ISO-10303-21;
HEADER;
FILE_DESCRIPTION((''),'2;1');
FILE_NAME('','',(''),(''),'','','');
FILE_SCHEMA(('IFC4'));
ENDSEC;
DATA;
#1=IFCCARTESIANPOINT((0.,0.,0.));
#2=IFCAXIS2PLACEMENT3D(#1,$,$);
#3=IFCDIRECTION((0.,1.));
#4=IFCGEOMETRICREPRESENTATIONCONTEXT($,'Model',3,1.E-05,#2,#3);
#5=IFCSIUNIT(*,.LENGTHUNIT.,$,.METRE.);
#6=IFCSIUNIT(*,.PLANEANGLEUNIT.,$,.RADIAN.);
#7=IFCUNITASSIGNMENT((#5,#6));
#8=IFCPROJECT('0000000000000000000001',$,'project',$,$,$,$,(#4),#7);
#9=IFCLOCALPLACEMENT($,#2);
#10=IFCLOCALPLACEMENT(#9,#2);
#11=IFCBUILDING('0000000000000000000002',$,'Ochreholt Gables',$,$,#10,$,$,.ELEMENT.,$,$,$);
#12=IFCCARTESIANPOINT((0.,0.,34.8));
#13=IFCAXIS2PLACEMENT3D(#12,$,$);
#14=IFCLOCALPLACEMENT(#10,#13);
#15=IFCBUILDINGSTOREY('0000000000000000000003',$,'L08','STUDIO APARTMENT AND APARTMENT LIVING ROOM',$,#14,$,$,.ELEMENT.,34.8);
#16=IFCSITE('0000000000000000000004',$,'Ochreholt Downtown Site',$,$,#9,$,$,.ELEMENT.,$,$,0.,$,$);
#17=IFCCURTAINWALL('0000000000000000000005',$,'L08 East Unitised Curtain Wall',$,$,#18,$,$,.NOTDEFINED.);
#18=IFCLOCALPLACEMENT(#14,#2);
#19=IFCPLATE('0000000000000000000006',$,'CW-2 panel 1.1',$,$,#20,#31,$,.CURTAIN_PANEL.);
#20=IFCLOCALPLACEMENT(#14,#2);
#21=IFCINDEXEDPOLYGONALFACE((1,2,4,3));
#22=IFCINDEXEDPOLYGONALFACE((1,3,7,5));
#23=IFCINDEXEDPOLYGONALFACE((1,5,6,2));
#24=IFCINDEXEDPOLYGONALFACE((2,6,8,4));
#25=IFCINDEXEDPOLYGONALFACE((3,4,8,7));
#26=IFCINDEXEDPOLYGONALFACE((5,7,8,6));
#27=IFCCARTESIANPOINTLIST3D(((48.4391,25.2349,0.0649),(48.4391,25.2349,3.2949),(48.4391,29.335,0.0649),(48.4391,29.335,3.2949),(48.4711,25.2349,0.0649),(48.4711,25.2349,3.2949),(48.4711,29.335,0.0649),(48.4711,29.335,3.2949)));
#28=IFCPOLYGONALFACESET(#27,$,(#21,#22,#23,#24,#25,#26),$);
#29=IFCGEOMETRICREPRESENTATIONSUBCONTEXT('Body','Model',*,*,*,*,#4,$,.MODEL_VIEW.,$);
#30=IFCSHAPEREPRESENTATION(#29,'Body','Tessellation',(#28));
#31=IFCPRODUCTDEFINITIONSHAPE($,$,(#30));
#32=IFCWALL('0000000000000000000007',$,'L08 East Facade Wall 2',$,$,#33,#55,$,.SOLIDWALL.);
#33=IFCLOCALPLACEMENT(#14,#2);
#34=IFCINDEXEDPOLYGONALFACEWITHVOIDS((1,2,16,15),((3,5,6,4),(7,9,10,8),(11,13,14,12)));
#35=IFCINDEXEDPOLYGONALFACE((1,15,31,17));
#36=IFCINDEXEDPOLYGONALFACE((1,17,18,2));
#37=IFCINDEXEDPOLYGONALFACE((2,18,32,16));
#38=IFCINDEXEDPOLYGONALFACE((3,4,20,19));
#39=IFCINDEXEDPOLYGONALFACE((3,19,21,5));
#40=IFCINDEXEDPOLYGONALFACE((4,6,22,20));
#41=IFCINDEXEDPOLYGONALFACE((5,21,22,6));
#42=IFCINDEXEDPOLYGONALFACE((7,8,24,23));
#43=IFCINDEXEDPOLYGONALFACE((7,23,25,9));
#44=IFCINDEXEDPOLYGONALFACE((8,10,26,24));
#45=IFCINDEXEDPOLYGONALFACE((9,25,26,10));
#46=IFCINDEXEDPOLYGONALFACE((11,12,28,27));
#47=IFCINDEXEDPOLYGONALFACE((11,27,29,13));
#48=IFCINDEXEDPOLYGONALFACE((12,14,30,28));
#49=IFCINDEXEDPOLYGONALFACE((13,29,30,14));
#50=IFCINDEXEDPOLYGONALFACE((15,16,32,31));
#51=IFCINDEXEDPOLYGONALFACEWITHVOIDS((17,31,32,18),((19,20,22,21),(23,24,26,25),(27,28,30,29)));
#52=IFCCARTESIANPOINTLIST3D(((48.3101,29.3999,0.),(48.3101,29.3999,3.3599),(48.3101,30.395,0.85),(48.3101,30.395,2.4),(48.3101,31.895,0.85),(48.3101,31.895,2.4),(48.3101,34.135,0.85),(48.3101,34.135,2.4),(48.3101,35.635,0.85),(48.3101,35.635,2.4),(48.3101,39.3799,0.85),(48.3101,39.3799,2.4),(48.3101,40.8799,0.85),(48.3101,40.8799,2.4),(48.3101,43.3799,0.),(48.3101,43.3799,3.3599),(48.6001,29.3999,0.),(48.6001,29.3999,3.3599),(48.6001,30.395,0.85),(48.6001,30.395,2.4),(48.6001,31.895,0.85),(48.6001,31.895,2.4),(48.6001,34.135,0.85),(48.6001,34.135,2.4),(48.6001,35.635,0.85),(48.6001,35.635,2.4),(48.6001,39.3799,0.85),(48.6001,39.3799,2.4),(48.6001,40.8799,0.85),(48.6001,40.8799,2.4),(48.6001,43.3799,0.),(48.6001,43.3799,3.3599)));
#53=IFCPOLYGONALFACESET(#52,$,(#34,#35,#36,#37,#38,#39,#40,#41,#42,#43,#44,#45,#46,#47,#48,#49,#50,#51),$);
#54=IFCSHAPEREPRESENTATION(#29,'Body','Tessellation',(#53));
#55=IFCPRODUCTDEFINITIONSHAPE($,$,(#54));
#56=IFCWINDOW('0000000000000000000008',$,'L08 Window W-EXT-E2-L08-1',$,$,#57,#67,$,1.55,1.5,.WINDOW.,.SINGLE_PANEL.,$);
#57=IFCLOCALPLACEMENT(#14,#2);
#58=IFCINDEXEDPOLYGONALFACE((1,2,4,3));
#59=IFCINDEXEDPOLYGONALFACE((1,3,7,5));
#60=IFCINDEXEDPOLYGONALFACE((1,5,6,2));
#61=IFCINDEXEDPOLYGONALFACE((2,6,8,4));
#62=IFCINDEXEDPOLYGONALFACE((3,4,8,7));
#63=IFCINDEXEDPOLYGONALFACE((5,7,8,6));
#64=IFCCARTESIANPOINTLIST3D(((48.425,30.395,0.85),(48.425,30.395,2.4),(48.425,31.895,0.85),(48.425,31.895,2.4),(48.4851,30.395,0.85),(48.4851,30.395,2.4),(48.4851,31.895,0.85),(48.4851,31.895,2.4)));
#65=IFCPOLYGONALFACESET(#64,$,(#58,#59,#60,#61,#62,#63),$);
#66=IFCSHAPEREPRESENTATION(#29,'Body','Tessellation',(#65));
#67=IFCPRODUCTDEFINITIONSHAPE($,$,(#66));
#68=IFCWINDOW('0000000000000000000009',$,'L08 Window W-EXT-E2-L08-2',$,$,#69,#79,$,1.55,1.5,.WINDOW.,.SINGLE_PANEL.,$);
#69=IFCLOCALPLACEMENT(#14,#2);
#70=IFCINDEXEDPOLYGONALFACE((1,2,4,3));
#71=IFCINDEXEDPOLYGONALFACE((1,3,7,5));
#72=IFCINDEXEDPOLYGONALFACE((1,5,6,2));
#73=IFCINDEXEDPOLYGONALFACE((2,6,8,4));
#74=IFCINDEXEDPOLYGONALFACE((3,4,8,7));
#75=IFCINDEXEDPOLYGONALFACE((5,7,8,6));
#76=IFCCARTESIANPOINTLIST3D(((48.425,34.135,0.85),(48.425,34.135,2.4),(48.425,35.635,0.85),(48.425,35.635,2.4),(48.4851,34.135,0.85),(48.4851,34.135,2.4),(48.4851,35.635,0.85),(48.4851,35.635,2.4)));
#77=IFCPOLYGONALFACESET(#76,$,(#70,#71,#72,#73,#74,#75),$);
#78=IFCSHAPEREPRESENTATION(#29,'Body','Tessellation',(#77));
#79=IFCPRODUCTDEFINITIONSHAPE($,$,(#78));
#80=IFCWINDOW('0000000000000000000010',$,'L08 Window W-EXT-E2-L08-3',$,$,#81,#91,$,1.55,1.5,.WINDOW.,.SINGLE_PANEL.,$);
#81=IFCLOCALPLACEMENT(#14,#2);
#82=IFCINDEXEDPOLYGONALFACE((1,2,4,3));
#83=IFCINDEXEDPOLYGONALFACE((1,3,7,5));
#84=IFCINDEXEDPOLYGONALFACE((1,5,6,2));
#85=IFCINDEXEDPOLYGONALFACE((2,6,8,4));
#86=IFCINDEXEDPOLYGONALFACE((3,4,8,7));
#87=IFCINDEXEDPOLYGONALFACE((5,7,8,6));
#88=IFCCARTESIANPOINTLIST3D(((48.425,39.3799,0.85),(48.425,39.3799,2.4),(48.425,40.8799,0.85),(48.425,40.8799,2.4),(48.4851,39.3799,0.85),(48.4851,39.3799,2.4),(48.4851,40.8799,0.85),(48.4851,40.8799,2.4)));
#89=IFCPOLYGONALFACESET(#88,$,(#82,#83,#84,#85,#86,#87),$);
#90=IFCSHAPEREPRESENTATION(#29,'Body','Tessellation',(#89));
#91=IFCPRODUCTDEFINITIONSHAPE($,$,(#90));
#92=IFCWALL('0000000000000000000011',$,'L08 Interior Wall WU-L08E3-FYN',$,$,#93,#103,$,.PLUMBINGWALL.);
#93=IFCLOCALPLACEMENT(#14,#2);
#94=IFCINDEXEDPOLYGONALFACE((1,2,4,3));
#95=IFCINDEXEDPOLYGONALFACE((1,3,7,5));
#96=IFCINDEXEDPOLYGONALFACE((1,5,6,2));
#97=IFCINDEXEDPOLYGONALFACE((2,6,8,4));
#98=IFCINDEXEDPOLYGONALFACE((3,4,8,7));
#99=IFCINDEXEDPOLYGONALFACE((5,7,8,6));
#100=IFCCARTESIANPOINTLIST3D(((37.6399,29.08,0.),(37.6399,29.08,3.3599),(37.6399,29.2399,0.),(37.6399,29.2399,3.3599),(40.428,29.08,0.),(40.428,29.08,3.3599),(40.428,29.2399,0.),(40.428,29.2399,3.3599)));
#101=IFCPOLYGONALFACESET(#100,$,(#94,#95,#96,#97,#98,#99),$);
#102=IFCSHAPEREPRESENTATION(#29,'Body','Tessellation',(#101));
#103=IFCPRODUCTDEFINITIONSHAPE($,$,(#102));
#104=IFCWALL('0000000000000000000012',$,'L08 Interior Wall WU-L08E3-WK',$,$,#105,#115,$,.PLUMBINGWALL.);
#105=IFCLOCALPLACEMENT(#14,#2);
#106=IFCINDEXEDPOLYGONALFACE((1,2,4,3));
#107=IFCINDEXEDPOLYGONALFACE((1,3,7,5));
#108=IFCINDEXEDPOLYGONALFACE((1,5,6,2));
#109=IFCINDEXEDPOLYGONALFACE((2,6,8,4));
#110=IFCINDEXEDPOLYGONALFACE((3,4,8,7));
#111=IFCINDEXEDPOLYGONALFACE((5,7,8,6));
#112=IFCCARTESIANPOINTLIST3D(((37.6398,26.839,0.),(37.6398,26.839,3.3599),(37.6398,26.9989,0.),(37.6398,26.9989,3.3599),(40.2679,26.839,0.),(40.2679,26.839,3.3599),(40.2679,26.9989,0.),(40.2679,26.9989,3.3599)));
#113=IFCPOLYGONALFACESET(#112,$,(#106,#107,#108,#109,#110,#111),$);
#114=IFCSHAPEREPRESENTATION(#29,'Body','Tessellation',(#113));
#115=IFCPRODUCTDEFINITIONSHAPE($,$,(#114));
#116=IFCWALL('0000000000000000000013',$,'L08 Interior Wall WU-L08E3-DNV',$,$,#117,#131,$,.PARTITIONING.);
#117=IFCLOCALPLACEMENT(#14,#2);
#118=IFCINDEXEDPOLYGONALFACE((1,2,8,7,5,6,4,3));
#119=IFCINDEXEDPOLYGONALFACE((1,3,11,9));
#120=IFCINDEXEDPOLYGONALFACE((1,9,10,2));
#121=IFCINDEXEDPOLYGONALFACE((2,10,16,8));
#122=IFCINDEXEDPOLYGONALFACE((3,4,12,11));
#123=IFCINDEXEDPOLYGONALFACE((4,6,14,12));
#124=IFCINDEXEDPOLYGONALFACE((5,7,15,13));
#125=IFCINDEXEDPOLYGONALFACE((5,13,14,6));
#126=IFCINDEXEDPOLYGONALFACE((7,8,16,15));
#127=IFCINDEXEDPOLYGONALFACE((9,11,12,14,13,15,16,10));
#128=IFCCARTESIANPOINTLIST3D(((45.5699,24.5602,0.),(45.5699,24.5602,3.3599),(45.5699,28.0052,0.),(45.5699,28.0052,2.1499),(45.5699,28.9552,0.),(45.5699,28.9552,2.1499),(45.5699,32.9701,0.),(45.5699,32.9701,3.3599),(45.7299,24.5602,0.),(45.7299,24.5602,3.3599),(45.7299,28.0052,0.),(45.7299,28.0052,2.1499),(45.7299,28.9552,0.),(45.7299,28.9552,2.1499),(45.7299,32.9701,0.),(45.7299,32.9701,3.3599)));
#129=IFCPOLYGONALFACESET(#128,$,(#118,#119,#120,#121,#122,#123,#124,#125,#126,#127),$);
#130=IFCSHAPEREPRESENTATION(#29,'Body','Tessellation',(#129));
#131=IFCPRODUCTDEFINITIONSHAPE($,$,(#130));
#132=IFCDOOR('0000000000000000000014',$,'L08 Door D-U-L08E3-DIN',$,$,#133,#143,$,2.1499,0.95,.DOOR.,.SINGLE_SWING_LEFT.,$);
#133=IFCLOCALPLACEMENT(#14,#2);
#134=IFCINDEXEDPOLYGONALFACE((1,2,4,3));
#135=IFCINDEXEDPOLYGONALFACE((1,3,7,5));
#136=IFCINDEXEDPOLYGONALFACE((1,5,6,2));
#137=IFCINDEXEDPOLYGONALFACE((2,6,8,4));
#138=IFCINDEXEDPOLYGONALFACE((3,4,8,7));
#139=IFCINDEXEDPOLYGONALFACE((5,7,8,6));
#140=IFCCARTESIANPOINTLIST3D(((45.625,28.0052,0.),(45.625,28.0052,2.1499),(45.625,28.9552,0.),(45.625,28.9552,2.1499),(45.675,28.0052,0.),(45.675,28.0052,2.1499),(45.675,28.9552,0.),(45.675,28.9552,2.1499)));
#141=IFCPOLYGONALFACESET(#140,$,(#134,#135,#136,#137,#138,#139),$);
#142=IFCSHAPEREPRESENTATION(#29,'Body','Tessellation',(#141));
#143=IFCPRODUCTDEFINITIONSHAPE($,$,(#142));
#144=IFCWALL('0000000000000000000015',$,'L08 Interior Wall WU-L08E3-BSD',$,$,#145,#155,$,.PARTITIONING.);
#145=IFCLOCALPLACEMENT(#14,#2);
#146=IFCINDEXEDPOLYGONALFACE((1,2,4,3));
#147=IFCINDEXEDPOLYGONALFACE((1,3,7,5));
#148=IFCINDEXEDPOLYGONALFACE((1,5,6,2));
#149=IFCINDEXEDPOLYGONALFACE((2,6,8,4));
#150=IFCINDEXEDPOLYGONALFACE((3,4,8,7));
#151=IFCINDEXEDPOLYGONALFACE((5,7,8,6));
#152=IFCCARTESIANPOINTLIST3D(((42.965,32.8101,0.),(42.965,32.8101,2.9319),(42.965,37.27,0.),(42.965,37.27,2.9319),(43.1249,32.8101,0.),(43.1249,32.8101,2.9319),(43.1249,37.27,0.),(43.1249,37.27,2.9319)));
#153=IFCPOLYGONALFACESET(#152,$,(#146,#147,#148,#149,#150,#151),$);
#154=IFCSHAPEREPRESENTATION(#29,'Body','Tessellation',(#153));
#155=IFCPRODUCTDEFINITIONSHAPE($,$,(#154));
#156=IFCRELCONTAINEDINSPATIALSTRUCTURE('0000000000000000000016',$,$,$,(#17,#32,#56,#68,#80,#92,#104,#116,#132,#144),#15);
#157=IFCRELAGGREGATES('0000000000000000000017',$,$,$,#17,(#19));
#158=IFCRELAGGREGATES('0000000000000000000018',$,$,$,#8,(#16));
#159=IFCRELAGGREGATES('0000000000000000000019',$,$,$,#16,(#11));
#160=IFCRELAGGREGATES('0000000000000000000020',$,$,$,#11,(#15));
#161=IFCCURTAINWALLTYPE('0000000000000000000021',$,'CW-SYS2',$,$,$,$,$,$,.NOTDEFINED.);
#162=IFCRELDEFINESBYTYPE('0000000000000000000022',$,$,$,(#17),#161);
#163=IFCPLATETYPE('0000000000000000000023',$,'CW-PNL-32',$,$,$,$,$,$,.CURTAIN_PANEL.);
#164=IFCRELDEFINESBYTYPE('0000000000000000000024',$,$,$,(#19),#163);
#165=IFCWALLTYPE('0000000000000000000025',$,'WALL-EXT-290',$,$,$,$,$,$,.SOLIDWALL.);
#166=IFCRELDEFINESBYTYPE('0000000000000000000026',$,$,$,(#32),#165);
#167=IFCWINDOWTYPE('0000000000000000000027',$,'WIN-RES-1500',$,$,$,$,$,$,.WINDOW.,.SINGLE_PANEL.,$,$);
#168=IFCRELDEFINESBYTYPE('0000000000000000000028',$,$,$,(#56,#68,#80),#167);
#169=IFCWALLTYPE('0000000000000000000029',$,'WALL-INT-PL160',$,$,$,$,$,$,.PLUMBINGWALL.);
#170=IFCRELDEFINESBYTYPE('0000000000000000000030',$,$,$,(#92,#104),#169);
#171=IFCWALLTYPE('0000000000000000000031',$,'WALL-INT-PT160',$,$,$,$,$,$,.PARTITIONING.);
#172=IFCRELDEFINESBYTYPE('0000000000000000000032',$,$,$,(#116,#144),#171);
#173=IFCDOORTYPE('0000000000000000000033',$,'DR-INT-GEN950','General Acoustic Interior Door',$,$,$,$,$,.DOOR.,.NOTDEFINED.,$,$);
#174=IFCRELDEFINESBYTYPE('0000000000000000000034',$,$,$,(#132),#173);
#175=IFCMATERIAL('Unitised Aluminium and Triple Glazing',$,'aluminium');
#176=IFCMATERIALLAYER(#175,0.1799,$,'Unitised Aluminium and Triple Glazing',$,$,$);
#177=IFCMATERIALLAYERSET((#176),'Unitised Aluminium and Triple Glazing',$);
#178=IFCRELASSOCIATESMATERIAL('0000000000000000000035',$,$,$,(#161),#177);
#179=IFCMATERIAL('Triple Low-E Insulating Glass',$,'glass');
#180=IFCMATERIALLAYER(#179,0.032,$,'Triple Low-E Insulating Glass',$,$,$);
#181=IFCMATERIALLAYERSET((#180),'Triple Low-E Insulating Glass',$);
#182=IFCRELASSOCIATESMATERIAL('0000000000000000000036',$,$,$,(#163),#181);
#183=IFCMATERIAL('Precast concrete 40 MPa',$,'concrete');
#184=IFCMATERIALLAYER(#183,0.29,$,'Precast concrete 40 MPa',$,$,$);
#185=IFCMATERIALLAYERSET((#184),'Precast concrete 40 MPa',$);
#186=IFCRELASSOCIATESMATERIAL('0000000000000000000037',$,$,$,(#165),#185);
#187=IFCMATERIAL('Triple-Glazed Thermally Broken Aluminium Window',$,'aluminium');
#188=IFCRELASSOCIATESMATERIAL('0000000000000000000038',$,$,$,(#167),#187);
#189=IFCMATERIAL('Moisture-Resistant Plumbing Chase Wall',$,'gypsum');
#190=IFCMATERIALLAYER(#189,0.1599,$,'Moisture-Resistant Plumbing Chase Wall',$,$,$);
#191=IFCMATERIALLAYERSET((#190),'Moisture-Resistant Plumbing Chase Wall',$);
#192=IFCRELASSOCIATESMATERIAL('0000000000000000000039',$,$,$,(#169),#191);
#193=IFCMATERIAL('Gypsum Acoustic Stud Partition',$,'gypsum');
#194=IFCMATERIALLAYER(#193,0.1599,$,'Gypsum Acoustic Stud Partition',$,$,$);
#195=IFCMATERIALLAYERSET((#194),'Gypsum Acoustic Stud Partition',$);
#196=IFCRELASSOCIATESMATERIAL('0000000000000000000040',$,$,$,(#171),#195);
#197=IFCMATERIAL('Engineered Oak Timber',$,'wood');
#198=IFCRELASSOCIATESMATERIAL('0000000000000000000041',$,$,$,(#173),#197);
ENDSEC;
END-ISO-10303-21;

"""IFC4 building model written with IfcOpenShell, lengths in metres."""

from ifc_helpers import new_model, si_unit, direction, frame, frame_2d, origin, origin_2d, place, context, subcontext, project, spatial, rectangle, extrude, material, layer, layer_set, type_object, element, fill, aggregate, save


model = new_model("IFC4")

# Units and contexts
model_context = context("Model", 3, precision=1e-05, world=origin(), true_north=direction((0.0, 1.0)))
body_context = subcontext(model_context, "Body", "Model", "MODEL_VIEW")
ifc_project = project(units=[si_unit("LENGTHUNIT", "METRE"), si_unit("PLANEANGLEUNIT", "RADIAN")], contexts=[model_context])

# Site, building, storey
site_placement = place(None, origin())
site = spatial("IfcSite", under=ifc_project, at=site_placement, Name="Ochreholt Downtown Site", CompositionType="ELEMENT", RefElevation=0.0)
building_placement = place(site_placement, origin())
building = spatial("IfcBuilding", under=site, at=building_placement, Name="Ochreholt Gables", CompositionType="ELEMENT")
storey_placement = place(building_placement, frame((0.0, 0.0, 34.8)))
storey = spatial("IfcBuildingStorey", under=building, at=storey_placement, Name="L08", Description="STUDIO APARTMENT AND APARTMENT LIVING ROOM", CompositionType="ELEMENT", Elevation=34.8)

# Curtain wall, plate
ifc_material_1 = material(Name="Unitised Aluminium and Triple Glazing", Category="aluminium")
ifc_layer_1 = layer(ifc_material_1, 0.1799, Name="Unitised Aluminium and Triple Glazing")
ifc_layer_set_1 = layer_set([ifc_layer_1], Name="Unitised Aluminium and Triple Glazing")
curtain_wall_type = type_object("IfcCurtainWallType", Name="CW-SYS2", PredefinedType="NOTDEFINED", material=ifc_layer_set_1)
curtain_wall_placement = place(storey_placement, origin())
curtain_wall = element("IfcCurtainWall", 1, at=curtain_wall_placement, inside=storey, type_object=curtain_wall_type, Name="L08 East Unitised Curtain Wall", PredefinedType="NOTDEFINED")
ifc_material_2 = material(Name="Triple Low-E Insulating Glass", Category="glass")
ifc_layer_2 = layer(ifc_material_2, 0.032, Name="Triple Low-E Insulating Glass")
ifc_layer_set_2 = layer_set([ifc_layer_2], Name="Triple Low-E Insulating Glass")
plate_type = type_object("IfcPlateType", Name="CW-PNL-32", PredefinedType="CURTAIN_PANEL", material=ifc_layer_set_2)
plate_placement = place(storey_placement, frame((48.4551, 27.2849, 0.0649), z_axis=(0.0, 0.0, 1.0), x_axis=(0.0, 1.0, 0.0)))
plate = element("IfcPlate", 2, at=plate_placement, type_object=plate_type, Name="CW-2 panel 1.1", PredefinedType="CURTAIN_PANEL", context=body_context, shape_type="SweptSolid", body=[
    extrude(rectangle(XDim=4.1001, YDim=0.032, at=origin_2d()), origin(), (0.0, 0.0, 1.0), 3.23),
])
aggregate(curtain_wall, [plate])

# Wall, openings, windows
ifc_material_3 = material(Name="Precast concrete 40 MPa", Category="concrete")
ifc_layer_3 = layer(ifc_material_3, 0.29, Name="Precast concrete 40 MPa")
ifc_layer_set_3 = layer_set([ifc_layer_3], Name="Precast concrete 40 MPa")
wall_type_1 = type_object("IfcWallType", Name="WALL-EXT-290", PredefinedType="SOLIDWALL", material=ifc_layer_set_3)
wall_1_placement = place(storey_placement, frame((48.4551, 29.3999, 0.0), z_axis=(0.0, 0.0, 1.0), x_axis=(0.0, 1.0, 0.0)))
wall_1 = element("IfcWall", 3, at=wall_1_placement, inside=storey, type_object=wall_type_1, Name="L08 East Facade Wall 2", PredefinedType="SOLIDWALL", context=body_context, shape_type="SweptSolid", body=[
    extrude(rectangle(XDim=13.98, YDim=0.29, at=frame_2d((6.99, 0.0))), origin(), (0.0, 0.0, 1.0), 3.3599),
])
opening_1_placement = place(wall_1_placement, frame((0.9951, 0.0, 0.8501)))
opening_1 = element("IfcOpeningElement", 4, at=opening_1_placement, cuts=wall_1, PredefinedType="OPENING", context=body_context, shape_type="SweptSolid", body=[
    extrude(rectangle(XDim=1.5, YDim=1.55, at=frame_2d((0.75, 0.7749))), frame((0.0, 0.155, 0.0), z_axis=(0.0, -1.0, 0.0), x_axis=(1.0, 0.0, 0.0)), (0.0, 0.0, 1.0), 0.3101),
])
opening_2_placement = place(wall_1_placement, frame((4.7351, 0.0, 0.8501)))
opening_2 = element("IfcOpeningElement", 5, at=opening_2_placement, cuts=wall_1, PredefinedType="OPENING", context=body_context, shape_type="SweptSolid", body=[
    extrude(rectangle(XDim=1.5, YDim=1.55, at=frame_2d((0.75, 0.7749))), frame((0.0, 0.155, 0.0), z_axis=(0.0, -1.0, 0.0), x_axis=(1.0, 0.0, 0.0)), (0.0, 0.0, 1.0), 0.3101),
])
opening_3_placement = place(wall_1_placement, frame((9.98, 0.0, 0.8501)))
opening_3 = element("IfcOpeningElement", 6, at=opening_3_placement, cuts=wall_1, PredefinedType="OPENING", context=body_context, shape_type="SweptSolid", body=[
    extrude(rectangle(XDim=1.5, YDim=1.55, at=frame_2d((0.75, 0.7749))), frame((0.0, 0.155, 0.0), z_axis=(0.0, -1.0, 0.0), x_axis=(1.0, 0.0, 0.0)), (0.0, 0.0, 1.0), 0.3101),
])
ifc_material_4 = material(Name="Triple-Glazed Thermally Broken Aluminium Window", Category="aluminium")
window_type = type_object("IfcWindowType", Name="WIN-RES-1500", PartitioningType="SINGLE_PANEL", PredefinedType="WINDOW", material=ifc_material_4)
window_1_placement = place(opening_1_placement, origin())
window_1 = element("IfcWindow", 7, at=window_1_placement, inside=storey, type_object=window_type, Name="L08 Window W-EXT-E2-L08-1", OverallHeight=1.55, OverallWidth=1.5, PartitioningType="SINGLE_PANEL", PredefinedType="WINDOW", context=body_context, shape_type="SweptSolid", body=[
    extrude(rectangle(XDim=1.5, YDim=1.55, at=frame_2d((0.75, 0.7749))), frame((0.0, 0.03, 0.0), z_axis=(0.0, -1.0, 0.0), x_axis=(1.0, 0.0, 0.0)), (0.0, 0.0, 1.0), 0.0601),
])
fill(opening_1, window_1)
window_2_placement = place(opening_2_placement, origin())
window_2 = element("IfcWindow", 8, at=window_2_placement, inside=storey, type_object=window_type, Name="L08 Window W-EXT-E2-L08-2", OverallHeight=1.55, OverallWidth=1.5, PartitioningType="SINGLE_PANEL", PredefinedType="WINDOW", context=body_context, shape_type="SweptSolid", body=[
    extrude(rectangle(XDim=1.5, YDim=1.55, at=frame_2d((0.75, 0.7749))), frame((0.0, 0.03, 0.0), z_axis=(0.0, -1.0, 0.0), x_axis=(1.0, 0.0, 0.0)), (0.0, 0.0, 1.0), 0.0601),
])
fill(opening_2, window_2)
window_3_placement = place(opening_3_placement, origin())
window_3 = element("IfcWindow", 9, at=window_3_placement, inside=storey, type_object=window_type, Name="L08 Window W-EXT-E2-L08-3", OverallHeight=1.55, OverallWidth=1.5, PartitioningType="SINGLE_PANEL", PredefinedType="WINDOW", context=body_context, shape_type="SweptSolid", body=[
    extrude(rectangle(XDim=1.5, YDim=1.55, at=frame_2d((0.75, 0.7749))), frame((0.0, 0.03, 0.0), z_axis=(0.0, -1.0, 0.0), x_axis=(1.0, 0.0, 0.0)), (0.0, 0.0, 1.0), 0.0601),
])
fill(opening_3, window_3)

# Wall
ifc_material_5 = material(Name="Moisture-Resistant Plumbing Chase Wall", Category="gypsum")
ifc_layer_4 = layer(ifc_material_5, 0.1599, Name="Moisture-Resistant Plumbing Chase Wall")
ifc_layer_set_4 = layer_set([ifc_layer_4], Name="Moisture-Resistant Plumbing Chase Wall")
wall_type_2 = type_object("IfcWallType", Name="WALL-INT-PL160", PredefinedType="PLUMBINGWALL", material=ifc_layer_set_4)
wall_2_placement = place(storey_placement, frame((37.6399, 29.1599, 0.0), z_axis=(0.0, 0.0, 1.0), x_axis=(1.0, 0.0, 0.0)))
element("IfcWall", 10, at=wall_2_placement, inside=storey, type_object=wall_type_2, Name="L08 Interior Wall WU-L08E3-FYN", PredefinedType="PLUMBINGWALL", context=body_context, shape_type="SweptSolid", body=[
    extrude(rectangle(XDim=2.7881, YDim=0.1599, at=frame_2d((1.394, 0.0))), origin(), (0.0, 0.0, 1.0), 3.3599),
])

# Shared definitions
ifc_material_6 = material(Name="Engineered Oak Timber", Category="wood")

# Wall
wall_3_placement = place(storey_placement, frame((37.6399, 26.9189, 0.0), z_axis=(0.0, 0.0, 1.0), x_axis=(1.0, 0.0, 0.0)))
element("IfcWall", 11, at=wall_3_placement, inside=storey, type_object=wall_type_2, Name="L08 Interior Wall WU-L08E3-WK", PredefinedType="PLUMBINGWALL", context=body_context, shape_type="SweptSolid", body=[
    extrude(rectangle(XDim=2.6282, YDim=0.1599, at=frame_2d((1.314, 0.0))), origin(), (0.0, 0.0, 1.0), 3.3599),
])

# Wall, opening, door
ifc_material_7 = material(Name="Gypsum Acoustic Stud Partition", Category="gypsum")
ifc_layer_5 = layer(ifc_material_7, 0.1599, Name="Gypsum Acoustic Stud Partition")
ifc_layer_set_5 = layer_set([ifc_layer_5], Name="Gypsum Acoustic Stud Partition")
wall_type_3 = type_object("IfcWallType", Name="WALL-INT-PT160", PredefinedType="PARTITIONING", material=ifc_layer_set_5)
wall_4_placement = place(storey_placement, frame((45.6499, 24.5601, 0.0), z_axis=(0.0, 0.0, 1.0), x_axis=(0.0, 1.0, 0.0)))
wall_4 = element("IfcWall", 12, at=wall_4_placement, inside=storey, type_object=wall_type_3, Name="L08 Interior Wall WU-L08E3-DNV", PredefinedType="PARTITIONING", context=body_context, shape_type="SweptSolid", body=[
    extrude(rectangle(XDim=8.4099, YDim=0.1599, at=frame_2d((4.2051, 0.0))), origin(), (0.0, 0.0, 1.0), 3.3599),
])
opening_4_placement = place(wall_4_placement, frame((3.4451, 0.0, 0.0)))
opening_4 = element("IfcOpeningElement", 13, at=opening_4_placement, cuts=wall_4, PredefinedType="OPENING", context=body_context, shape_type="SweptSolid", body=[
    extrude(rectangle(XDim=0.95, YDim=2.1499, at=frame_2d((0.4751, 1.075))), frame((0.0, 0.0898, 0.0), z_axis=(0.0, -1.0, 0.0), x_axis=(1.0, 0.0, 0.0)), (0.0, 0.0, 1.0), 0.1799),
])
door_type_1 = type_object("IfcDoorType", Name="DR-INT-GEN950", Description="General Acoustic Interior Door", OperationType="NOTDEFINED", PredefinedType="DOOR", material=ifc_material_6)
door_1_placement = place(opening_4_placement, origin())
door_1 = element("IfcDoor", 14, at=door_1_placement, inside=storey, type_object=door_type_1, Name="L08 Door D-U-L08E3-DIN", OperationType="SINGLE_SWING_LEFT", OverallHeight=2.1499, OverallWidth=0.95, PredefinedType="DOOR", context=body_context, shape_type="SweptSolid", body=[
    extrude(rectangle(XDim=0.95, YDim=2.1499, at=frame_2d((0.4751, 1.075))), frame((0.0, 0.0249, 0.0), z_axis=(0.0, -1.0, 0.0), x_axis=(1.0, 0.0, 0.0)), (0.0, 0.0, 1.0), 0.05),
])
fill(opening_4, door_1)

# Wall
wall_5_placement = place(storey_placement, frame((43.0449, 32.8101, 0.0), z_axis=(0.0, 0.0, 1.0), x_axis=(0.0, 1.0, 0.0)))
element("IfcWall", 15, at=wall_5_placement, inside=storey, type_object=wall_type_3, Name="L08 Interior Wall WU-L08E3-BSD", PredefinedType="PARTITIONING", context=body_context, shape_type="SweptSolid", body=[
    extrude(rectangle(XDim=4.46, YDim=0.1599, at=frame_2d((2.23, 0.0))), origin(), (0.0, 0.0, 1.0), 2.9319),
])

save(model, "model.ifc")
